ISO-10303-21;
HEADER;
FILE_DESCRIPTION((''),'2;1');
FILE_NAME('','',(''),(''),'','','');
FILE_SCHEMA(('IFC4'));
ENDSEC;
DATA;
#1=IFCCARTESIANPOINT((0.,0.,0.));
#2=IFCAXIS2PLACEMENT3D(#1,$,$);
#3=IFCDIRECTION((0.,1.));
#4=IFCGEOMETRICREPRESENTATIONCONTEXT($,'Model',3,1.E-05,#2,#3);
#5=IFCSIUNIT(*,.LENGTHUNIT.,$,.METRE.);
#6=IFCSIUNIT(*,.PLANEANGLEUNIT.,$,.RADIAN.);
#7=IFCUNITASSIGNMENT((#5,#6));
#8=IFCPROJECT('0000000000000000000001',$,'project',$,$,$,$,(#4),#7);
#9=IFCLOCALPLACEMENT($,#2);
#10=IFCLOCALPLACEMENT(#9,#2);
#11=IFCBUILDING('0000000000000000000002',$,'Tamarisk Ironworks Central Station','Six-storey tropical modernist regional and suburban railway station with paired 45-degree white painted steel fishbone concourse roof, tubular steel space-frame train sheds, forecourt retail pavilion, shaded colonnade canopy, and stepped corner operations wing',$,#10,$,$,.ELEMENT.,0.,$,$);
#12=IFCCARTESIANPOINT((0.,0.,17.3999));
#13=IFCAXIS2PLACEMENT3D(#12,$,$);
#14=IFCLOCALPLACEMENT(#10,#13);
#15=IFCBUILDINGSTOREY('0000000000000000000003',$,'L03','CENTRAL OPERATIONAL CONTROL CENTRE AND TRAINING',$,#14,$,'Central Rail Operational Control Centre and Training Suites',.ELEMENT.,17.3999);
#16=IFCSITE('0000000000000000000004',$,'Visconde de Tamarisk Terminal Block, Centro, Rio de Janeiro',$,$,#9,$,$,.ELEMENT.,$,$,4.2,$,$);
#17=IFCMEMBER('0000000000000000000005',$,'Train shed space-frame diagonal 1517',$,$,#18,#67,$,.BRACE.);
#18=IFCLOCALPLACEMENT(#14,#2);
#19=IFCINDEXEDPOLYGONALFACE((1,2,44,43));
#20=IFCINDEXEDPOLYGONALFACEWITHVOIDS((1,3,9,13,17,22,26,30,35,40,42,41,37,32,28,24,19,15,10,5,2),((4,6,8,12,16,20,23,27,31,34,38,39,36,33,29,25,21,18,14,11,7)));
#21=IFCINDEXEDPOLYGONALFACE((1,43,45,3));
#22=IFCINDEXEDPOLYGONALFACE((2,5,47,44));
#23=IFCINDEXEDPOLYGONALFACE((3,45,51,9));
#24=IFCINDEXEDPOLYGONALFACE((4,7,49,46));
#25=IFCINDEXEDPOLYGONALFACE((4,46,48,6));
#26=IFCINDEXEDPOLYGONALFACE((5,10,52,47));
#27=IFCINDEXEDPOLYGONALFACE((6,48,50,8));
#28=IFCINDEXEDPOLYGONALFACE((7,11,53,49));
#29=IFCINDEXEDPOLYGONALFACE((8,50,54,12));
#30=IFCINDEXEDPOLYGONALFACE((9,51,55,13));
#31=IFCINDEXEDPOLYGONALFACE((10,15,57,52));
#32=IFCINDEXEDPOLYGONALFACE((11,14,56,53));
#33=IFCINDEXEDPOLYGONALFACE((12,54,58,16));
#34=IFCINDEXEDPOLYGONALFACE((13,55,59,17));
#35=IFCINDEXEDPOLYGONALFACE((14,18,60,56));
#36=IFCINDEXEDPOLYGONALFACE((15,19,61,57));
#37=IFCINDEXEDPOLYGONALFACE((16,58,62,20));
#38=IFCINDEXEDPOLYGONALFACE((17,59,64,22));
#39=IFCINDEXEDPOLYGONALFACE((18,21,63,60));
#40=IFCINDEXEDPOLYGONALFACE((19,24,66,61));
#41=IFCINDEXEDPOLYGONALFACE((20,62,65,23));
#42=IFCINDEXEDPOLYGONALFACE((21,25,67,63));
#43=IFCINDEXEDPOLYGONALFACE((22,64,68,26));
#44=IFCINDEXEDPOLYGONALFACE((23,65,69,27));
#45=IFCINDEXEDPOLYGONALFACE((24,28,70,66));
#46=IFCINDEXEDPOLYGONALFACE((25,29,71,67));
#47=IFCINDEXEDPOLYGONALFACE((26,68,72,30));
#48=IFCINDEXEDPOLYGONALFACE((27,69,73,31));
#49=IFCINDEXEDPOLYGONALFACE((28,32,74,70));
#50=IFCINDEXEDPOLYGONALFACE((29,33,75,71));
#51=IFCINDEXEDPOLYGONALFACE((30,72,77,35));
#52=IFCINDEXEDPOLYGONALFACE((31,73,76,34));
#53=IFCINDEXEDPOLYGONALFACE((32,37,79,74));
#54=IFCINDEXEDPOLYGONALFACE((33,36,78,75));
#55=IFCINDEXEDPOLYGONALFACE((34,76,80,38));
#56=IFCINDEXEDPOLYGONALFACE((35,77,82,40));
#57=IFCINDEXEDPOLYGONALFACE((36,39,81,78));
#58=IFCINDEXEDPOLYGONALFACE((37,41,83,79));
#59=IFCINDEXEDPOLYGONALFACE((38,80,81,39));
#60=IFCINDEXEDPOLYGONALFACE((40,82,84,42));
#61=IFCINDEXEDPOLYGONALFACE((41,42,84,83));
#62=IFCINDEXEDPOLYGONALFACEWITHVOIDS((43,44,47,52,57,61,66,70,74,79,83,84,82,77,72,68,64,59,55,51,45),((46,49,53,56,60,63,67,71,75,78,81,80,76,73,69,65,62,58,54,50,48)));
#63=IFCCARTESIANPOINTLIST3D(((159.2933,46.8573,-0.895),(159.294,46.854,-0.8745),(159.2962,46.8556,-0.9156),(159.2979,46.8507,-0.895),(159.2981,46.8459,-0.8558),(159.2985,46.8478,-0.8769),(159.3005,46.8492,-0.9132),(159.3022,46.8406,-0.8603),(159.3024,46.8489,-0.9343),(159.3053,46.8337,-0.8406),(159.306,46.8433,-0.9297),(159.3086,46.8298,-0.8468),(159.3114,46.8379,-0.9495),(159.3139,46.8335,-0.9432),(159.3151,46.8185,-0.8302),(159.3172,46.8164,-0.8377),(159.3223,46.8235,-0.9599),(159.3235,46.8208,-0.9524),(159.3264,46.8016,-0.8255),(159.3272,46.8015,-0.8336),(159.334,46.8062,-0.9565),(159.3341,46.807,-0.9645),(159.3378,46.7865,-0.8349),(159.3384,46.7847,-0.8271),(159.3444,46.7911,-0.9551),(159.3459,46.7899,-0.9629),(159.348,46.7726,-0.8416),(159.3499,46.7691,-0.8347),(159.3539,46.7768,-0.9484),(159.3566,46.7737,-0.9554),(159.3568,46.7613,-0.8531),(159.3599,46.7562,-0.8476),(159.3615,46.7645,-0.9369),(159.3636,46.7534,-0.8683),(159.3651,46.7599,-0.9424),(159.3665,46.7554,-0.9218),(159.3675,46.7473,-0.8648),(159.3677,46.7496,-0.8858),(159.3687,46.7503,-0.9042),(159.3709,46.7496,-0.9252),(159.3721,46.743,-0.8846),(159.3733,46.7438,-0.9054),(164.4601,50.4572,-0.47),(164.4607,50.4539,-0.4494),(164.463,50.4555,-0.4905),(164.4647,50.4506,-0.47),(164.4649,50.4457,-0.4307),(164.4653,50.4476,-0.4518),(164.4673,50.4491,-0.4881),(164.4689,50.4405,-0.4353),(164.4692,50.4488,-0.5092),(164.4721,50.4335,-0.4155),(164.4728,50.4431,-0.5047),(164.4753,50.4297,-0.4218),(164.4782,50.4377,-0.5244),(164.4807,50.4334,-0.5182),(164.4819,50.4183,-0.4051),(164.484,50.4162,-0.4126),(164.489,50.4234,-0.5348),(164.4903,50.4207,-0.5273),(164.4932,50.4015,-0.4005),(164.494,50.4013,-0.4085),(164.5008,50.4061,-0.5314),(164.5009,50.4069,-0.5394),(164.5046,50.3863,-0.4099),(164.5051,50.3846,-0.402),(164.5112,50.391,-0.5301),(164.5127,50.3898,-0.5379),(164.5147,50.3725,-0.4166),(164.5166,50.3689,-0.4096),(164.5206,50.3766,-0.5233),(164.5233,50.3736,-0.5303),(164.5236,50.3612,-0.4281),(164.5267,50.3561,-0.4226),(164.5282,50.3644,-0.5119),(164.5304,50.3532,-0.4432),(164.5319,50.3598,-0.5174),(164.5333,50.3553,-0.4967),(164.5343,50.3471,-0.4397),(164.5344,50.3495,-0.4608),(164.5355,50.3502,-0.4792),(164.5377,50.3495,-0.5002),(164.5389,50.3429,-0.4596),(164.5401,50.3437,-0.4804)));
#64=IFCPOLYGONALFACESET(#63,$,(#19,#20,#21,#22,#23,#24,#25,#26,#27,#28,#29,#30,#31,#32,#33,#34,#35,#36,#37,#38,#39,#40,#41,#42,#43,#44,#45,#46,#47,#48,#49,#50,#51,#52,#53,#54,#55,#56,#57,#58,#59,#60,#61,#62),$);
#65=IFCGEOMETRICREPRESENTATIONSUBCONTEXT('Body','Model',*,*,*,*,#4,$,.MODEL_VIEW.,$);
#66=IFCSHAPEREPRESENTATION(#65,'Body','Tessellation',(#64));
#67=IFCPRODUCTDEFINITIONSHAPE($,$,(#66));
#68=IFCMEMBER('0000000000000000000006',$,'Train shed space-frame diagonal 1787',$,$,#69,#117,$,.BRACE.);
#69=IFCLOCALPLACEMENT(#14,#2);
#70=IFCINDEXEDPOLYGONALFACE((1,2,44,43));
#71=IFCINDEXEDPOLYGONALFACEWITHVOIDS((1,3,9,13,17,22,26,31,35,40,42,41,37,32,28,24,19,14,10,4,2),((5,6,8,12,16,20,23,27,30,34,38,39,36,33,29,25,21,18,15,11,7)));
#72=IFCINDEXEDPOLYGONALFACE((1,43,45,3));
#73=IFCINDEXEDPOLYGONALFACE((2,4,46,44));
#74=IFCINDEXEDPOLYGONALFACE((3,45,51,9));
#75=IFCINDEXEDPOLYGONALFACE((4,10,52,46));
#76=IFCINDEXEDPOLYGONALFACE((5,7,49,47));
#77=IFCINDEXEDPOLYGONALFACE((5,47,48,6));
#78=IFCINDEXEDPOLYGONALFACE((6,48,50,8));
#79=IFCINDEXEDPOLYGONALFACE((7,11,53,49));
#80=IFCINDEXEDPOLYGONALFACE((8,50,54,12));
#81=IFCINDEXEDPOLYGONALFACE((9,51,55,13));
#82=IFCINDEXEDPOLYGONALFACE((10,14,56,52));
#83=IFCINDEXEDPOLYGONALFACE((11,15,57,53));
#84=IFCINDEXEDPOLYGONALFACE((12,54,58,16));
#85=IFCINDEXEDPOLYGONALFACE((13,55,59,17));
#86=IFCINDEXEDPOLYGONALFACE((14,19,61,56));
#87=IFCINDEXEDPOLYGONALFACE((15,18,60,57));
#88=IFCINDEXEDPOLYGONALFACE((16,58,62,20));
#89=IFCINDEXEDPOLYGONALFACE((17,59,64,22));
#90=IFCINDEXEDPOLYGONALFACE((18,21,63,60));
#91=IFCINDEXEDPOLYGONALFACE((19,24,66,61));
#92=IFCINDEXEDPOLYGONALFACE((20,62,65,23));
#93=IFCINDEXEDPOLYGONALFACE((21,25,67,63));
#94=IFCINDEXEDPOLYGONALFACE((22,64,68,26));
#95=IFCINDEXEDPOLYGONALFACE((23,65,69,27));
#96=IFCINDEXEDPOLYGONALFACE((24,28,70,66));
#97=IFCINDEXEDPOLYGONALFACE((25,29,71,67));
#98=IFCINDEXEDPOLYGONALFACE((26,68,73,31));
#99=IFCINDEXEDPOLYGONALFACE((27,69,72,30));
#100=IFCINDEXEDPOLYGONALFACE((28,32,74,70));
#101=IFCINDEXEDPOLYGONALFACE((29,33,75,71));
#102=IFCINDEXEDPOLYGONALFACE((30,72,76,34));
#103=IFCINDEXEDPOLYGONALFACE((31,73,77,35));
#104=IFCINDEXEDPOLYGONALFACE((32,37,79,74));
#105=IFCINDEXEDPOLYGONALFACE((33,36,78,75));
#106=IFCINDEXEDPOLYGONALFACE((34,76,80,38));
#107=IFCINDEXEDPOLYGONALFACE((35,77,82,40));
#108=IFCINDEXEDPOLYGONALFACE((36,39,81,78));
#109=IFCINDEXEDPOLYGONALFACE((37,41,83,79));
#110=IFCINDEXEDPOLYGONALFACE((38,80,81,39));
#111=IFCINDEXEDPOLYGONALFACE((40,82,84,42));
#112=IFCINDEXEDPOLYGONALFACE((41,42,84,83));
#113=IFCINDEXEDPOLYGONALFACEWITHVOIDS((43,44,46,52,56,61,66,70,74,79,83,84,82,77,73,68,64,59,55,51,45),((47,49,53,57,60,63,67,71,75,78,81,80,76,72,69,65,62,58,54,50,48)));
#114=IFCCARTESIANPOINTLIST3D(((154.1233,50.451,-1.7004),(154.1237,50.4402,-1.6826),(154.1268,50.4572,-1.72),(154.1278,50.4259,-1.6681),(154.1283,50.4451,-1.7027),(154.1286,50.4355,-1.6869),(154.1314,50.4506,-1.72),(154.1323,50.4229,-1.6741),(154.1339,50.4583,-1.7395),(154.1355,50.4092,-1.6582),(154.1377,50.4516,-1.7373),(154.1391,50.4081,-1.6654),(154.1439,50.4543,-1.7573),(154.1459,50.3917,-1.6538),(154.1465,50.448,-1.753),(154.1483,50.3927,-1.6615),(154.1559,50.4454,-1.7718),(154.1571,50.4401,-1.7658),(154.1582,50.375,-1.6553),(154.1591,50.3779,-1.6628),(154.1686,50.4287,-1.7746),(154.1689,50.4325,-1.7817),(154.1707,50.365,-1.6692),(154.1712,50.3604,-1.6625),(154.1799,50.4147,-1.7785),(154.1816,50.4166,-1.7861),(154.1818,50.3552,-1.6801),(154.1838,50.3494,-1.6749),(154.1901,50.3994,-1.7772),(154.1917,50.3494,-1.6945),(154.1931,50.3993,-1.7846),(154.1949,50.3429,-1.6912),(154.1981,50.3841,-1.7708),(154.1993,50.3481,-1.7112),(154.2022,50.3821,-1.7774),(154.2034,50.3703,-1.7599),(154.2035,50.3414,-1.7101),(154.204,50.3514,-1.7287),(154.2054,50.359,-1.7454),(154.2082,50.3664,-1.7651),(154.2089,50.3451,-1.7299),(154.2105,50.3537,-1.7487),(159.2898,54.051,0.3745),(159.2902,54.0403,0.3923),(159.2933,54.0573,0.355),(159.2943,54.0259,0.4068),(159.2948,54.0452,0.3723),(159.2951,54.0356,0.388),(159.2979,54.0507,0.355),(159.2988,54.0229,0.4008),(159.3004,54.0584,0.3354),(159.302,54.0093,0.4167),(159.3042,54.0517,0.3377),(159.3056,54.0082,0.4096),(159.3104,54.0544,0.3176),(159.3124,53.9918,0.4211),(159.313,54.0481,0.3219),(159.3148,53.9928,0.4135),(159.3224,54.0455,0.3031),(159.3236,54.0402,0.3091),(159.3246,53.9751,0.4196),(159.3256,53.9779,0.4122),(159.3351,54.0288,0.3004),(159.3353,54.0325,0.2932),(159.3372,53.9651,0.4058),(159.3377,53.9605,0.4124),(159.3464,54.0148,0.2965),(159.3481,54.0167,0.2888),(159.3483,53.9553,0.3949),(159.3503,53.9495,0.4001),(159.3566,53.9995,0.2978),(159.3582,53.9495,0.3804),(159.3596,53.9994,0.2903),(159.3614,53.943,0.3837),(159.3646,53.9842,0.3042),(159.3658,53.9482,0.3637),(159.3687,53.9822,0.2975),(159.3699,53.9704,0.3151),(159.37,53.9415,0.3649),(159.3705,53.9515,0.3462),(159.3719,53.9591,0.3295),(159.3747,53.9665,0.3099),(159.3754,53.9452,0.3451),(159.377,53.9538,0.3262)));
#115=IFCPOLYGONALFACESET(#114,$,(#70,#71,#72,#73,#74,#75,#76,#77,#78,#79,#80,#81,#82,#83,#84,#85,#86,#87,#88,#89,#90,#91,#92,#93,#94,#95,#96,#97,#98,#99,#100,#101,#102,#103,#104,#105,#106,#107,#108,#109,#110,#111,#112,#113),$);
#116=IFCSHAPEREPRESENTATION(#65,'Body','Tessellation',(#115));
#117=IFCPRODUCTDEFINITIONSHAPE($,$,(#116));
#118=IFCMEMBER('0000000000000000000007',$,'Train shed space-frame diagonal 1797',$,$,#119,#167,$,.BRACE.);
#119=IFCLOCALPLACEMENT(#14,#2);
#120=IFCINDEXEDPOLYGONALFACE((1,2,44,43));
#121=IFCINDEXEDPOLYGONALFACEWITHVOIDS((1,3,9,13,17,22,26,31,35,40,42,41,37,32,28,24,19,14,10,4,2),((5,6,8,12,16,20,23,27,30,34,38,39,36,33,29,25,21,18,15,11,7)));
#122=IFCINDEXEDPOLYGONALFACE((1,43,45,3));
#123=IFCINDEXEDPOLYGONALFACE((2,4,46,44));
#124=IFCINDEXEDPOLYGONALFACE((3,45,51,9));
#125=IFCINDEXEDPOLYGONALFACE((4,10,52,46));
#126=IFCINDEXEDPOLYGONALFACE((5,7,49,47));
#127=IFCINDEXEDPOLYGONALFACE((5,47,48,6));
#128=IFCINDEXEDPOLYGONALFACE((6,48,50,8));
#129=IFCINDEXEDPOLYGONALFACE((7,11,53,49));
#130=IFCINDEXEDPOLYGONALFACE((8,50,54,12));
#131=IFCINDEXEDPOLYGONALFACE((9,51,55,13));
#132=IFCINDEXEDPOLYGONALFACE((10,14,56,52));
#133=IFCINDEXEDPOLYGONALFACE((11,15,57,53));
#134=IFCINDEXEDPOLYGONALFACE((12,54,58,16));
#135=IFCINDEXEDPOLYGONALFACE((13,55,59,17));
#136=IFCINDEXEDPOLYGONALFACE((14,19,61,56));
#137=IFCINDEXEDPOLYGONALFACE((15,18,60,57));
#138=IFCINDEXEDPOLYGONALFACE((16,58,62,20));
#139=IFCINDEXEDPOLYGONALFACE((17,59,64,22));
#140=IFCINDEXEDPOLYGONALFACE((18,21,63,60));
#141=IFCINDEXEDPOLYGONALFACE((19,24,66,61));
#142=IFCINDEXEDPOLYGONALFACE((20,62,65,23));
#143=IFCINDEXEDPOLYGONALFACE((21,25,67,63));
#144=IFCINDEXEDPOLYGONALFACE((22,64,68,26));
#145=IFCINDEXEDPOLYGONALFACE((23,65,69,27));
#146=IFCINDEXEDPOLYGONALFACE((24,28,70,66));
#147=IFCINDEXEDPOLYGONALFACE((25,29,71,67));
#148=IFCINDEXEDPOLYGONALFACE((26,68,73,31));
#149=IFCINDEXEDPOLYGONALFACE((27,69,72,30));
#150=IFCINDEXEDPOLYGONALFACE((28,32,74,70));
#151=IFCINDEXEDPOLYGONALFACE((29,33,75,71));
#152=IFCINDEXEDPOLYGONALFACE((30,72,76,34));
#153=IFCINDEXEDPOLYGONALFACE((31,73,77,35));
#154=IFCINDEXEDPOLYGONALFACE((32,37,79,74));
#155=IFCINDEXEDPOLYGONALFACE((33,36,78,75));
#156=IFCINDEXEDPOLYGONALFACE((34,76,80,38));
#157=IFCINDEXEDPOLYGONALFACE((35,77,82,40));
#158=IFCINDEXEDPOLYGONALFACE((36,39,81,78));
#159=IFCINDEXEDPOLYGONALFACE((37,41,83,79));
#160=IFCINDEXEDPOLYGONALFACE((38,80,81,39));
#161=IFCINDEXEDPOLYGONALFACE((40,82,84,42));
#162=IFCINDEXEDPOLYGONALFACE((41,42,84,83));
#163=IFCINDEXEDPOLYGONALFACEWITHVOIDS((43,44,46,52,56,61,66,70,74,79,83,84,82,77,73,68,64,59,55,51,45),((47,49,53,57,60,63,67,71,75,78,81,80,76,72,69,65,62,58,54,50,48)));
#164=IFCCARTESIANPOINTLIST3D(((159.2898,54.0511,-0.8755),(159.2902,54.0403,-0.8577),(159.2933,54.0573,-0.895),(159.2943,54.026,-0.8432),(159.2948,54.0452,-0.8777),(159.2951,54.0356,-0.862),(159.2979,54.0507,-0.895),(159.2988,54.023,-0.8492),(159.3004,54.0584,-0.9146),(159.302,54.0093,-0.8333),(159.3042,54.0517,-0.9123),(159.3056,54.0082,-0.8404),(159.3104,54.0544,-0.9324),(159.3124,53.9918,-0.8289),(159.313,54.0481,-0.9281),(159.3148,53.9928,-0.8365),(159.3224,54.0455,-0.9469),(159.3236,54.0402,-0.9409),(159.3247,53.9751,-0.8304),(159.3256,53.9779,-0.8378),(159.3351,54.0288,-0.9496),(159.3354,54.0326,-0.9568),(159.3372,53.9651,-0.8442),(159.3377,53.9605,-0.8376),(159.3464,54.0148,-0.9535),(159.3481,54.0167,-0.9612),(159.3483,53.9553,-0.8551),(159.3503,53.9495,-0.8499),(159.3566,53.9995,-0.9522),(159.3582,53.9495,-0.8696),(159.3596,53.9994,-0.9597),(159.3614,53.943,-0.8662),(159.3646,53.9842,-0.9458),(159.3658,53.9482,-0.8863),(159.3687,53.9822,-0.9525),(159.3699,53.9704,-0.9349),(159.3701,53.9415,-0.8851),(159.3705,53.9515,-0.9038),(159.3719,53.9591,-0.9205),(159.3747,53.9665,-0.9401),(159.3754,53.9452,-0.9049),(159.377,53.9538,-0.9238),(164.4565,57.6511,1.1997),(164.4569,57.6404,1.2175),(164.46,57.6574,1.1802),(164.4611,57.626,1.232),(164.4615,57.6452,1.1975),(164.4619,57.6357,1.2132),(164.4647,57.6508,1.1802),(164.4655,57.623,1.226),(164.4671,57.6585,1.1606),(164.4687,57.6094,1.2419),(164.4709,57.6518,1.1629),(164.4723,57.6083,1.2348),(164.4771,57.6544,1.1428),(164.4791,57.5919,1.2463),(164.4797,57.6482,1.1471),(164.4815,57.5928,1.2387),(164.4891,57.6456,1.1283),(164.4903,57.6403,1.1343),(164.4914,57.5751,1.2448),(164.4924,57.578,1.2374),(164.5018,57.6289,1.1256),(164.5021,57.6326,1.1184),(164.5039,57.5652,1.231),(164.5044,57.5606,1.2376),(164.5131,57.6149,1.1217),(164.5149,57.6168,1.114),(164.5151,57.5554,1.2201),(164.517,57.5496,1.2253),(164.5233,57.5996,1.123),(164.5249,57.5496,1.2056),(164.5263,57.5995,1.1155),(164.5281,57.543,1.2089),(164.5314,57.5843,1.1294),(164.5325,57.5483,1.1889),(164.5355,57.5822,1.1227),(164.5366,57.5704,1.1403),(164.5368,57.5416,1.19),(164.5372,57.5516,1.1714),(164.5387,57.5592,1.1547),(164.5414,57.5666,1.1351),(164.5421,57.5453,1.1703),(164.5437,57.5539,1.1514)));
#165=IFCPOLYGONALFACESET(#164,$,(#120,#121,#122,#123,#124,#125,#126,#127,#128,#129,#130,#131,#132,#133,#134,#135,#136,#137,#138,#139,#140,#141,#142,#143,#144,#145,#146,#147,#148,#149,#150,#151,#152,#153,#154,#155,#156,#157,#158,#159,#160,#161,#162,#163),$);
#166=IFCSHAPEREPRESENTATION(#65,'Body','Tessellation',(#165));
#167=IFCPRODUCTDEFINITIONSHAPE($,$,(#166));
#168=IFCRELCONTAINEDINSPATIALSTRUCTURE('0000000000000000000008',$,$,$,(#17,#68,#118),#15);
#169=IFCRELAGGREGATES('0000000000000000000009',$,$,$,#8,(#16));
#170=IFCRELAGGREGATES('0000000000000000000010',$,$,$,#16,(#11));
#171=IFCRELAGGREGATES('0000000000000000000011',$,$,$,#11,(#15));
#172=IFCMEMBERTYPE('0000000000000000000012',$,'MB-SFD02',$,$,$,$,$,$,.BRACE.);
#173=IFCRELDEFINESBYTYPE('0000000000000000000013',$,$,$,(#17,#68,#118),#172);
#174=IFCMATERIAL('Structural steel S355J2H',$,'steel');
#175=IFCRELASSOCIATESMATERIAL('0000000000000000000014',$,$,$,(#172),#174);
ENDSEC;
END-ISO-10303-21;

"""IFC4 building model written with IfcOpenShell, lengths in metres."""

from ifc_helpers import new_model, si_unit, direction, frame, origin, origin_2d, place, context, subcontext, project, spatial, hollow_circle, extrude, material, material_profile, profile_set, type_object, element, save


model = new_model("IFC4")

# Units and contexts
model_context = context("Model", 3, precision=1e-05, world=origin(), true_north=direction((0.0, 1.0)))
body_context = subcontext(model_context, "Body", "Model", "MODEL_VIEW")
ifc_project = project(units=[si_unit("LENGTHUNIT", "METRE"), si_unit("PLANEANGLEUNIT", "RADIAN")], contexts=[model_context])

# Site, building, storey
site_placement = place(None, origin())
site = spatial("IfcSite", under=ifc_project, at=site_placement, Name="Visconde de Tamarisk Terminal Block, Centro, Rio de Janeiro", CompositionType="ELEMENT", RefElevation=4.2)
building_placement = place(site_placement, origin())
building = spatial("IfcBuilding", under=site, at=building_placement, Name="Tamarisk Ironworks Central Station", Description="Six-storey tropical modernist regional and suburban railway station with paired 45-degree white painted steel fishbone concourse roof, tubular steel space-frame train sheds, forecourt retail pavilion, shaded colonnade canopy, and stepped corner operations wing", CompositionType="ELEMENT", ElevationOfRefHeight=0.0)
storey_placement = place(building_placement, frame((0.0, 0.0, 17.3999)))
storey = spatial("IfcBuildingStorey", under=building, at=storey_placement, Name="L03", Description="CENTRAL OPERATIONAL CONTROL CENTRE AND TRAINING", LongName="Central Rail Operational Control Centre and Training Suites", CompositionType="ELEMENT", Elevation=17.3999)

# Members
ifc_material = material(Name="Structural steel S355J2H", Category="steel")
ifc_material_profile_1 = material_profile(ifc_material, hollow_circle(Radius=0.0698, WallThickness=0.0081, at=origin_2d()), Name="CHS 139.7x8")
ifc_profile_set_1 = profile_set([ifc_material_profile_1], Name="Structural steel S355J2H")
member_type_1 = type_object("IfcMemberType", Name="MB-SFD02", PredefinedType="BRACE", material=ifc_profile_set_1)
member_1_placement = place(storey_placement, frame((159.3333, 46.8, -0.895), z_axis=(0.818626, 0.570365, 0.067345), x_axis=(-0.571663, 0.820489, 0.0)))
element("IfcMember", 1, at=member_1_placement, inside=storey, type_object=member_type_1, Name="Train shed space-frame diagonal 1517", PredefinedType="BRACE", context=body_context, shape_type="SweptSolid", body=[
    extrude(hollow_circle(Radius=0.0698, WallThickness=0.0081, at=origin_2d()), origin(), (0.0, 0.0, 1.0), 6.3115),
])
member_2_placement = place(storey_placement, frame((154.1667, 50.3999, -1.72), z_axis=(0.779244, 0.542989, 0.312957), x_axis=(-0.571707, 0.820458, 0.0)))
element("IfcMember", 2, at=member_2_placement, inside=storey, type_object=member_type_1, Name="Train shed space-frame diagonal 1787", PredefinedType="BRACE", context=body_context, shape_type="SweptSolid", body=[
    extrude(hollow_circle(Radius=0.0698, WallThickness=0.0081, at=origin_2d()), origin(), (0.0, 0.0, 1.0), 6.6301),
])
member_3_placement = place(storey_placement, frame((159.3333, 54.0, -0.895), z_axis=(0.779249, 0.542967, 0.312981), x_axis=(-0.571689, 0.82047, 0.0)))
element("IfcMember", 3, at=member_3_placement, inside=storey, type_object=member_type_1, Name="Train shed space-frame diagonal 1797", PredefinedType="BRACE", context=body_context, shape_type="SweptSolid", body=[
    extrude(hollow_circle(Radius=0.0698, WallThickness=0.0081, at=origin_2d()), origin(), (0.0, 0.0, 1.0), 6.6304),
])

save(model, "model.ifc")
